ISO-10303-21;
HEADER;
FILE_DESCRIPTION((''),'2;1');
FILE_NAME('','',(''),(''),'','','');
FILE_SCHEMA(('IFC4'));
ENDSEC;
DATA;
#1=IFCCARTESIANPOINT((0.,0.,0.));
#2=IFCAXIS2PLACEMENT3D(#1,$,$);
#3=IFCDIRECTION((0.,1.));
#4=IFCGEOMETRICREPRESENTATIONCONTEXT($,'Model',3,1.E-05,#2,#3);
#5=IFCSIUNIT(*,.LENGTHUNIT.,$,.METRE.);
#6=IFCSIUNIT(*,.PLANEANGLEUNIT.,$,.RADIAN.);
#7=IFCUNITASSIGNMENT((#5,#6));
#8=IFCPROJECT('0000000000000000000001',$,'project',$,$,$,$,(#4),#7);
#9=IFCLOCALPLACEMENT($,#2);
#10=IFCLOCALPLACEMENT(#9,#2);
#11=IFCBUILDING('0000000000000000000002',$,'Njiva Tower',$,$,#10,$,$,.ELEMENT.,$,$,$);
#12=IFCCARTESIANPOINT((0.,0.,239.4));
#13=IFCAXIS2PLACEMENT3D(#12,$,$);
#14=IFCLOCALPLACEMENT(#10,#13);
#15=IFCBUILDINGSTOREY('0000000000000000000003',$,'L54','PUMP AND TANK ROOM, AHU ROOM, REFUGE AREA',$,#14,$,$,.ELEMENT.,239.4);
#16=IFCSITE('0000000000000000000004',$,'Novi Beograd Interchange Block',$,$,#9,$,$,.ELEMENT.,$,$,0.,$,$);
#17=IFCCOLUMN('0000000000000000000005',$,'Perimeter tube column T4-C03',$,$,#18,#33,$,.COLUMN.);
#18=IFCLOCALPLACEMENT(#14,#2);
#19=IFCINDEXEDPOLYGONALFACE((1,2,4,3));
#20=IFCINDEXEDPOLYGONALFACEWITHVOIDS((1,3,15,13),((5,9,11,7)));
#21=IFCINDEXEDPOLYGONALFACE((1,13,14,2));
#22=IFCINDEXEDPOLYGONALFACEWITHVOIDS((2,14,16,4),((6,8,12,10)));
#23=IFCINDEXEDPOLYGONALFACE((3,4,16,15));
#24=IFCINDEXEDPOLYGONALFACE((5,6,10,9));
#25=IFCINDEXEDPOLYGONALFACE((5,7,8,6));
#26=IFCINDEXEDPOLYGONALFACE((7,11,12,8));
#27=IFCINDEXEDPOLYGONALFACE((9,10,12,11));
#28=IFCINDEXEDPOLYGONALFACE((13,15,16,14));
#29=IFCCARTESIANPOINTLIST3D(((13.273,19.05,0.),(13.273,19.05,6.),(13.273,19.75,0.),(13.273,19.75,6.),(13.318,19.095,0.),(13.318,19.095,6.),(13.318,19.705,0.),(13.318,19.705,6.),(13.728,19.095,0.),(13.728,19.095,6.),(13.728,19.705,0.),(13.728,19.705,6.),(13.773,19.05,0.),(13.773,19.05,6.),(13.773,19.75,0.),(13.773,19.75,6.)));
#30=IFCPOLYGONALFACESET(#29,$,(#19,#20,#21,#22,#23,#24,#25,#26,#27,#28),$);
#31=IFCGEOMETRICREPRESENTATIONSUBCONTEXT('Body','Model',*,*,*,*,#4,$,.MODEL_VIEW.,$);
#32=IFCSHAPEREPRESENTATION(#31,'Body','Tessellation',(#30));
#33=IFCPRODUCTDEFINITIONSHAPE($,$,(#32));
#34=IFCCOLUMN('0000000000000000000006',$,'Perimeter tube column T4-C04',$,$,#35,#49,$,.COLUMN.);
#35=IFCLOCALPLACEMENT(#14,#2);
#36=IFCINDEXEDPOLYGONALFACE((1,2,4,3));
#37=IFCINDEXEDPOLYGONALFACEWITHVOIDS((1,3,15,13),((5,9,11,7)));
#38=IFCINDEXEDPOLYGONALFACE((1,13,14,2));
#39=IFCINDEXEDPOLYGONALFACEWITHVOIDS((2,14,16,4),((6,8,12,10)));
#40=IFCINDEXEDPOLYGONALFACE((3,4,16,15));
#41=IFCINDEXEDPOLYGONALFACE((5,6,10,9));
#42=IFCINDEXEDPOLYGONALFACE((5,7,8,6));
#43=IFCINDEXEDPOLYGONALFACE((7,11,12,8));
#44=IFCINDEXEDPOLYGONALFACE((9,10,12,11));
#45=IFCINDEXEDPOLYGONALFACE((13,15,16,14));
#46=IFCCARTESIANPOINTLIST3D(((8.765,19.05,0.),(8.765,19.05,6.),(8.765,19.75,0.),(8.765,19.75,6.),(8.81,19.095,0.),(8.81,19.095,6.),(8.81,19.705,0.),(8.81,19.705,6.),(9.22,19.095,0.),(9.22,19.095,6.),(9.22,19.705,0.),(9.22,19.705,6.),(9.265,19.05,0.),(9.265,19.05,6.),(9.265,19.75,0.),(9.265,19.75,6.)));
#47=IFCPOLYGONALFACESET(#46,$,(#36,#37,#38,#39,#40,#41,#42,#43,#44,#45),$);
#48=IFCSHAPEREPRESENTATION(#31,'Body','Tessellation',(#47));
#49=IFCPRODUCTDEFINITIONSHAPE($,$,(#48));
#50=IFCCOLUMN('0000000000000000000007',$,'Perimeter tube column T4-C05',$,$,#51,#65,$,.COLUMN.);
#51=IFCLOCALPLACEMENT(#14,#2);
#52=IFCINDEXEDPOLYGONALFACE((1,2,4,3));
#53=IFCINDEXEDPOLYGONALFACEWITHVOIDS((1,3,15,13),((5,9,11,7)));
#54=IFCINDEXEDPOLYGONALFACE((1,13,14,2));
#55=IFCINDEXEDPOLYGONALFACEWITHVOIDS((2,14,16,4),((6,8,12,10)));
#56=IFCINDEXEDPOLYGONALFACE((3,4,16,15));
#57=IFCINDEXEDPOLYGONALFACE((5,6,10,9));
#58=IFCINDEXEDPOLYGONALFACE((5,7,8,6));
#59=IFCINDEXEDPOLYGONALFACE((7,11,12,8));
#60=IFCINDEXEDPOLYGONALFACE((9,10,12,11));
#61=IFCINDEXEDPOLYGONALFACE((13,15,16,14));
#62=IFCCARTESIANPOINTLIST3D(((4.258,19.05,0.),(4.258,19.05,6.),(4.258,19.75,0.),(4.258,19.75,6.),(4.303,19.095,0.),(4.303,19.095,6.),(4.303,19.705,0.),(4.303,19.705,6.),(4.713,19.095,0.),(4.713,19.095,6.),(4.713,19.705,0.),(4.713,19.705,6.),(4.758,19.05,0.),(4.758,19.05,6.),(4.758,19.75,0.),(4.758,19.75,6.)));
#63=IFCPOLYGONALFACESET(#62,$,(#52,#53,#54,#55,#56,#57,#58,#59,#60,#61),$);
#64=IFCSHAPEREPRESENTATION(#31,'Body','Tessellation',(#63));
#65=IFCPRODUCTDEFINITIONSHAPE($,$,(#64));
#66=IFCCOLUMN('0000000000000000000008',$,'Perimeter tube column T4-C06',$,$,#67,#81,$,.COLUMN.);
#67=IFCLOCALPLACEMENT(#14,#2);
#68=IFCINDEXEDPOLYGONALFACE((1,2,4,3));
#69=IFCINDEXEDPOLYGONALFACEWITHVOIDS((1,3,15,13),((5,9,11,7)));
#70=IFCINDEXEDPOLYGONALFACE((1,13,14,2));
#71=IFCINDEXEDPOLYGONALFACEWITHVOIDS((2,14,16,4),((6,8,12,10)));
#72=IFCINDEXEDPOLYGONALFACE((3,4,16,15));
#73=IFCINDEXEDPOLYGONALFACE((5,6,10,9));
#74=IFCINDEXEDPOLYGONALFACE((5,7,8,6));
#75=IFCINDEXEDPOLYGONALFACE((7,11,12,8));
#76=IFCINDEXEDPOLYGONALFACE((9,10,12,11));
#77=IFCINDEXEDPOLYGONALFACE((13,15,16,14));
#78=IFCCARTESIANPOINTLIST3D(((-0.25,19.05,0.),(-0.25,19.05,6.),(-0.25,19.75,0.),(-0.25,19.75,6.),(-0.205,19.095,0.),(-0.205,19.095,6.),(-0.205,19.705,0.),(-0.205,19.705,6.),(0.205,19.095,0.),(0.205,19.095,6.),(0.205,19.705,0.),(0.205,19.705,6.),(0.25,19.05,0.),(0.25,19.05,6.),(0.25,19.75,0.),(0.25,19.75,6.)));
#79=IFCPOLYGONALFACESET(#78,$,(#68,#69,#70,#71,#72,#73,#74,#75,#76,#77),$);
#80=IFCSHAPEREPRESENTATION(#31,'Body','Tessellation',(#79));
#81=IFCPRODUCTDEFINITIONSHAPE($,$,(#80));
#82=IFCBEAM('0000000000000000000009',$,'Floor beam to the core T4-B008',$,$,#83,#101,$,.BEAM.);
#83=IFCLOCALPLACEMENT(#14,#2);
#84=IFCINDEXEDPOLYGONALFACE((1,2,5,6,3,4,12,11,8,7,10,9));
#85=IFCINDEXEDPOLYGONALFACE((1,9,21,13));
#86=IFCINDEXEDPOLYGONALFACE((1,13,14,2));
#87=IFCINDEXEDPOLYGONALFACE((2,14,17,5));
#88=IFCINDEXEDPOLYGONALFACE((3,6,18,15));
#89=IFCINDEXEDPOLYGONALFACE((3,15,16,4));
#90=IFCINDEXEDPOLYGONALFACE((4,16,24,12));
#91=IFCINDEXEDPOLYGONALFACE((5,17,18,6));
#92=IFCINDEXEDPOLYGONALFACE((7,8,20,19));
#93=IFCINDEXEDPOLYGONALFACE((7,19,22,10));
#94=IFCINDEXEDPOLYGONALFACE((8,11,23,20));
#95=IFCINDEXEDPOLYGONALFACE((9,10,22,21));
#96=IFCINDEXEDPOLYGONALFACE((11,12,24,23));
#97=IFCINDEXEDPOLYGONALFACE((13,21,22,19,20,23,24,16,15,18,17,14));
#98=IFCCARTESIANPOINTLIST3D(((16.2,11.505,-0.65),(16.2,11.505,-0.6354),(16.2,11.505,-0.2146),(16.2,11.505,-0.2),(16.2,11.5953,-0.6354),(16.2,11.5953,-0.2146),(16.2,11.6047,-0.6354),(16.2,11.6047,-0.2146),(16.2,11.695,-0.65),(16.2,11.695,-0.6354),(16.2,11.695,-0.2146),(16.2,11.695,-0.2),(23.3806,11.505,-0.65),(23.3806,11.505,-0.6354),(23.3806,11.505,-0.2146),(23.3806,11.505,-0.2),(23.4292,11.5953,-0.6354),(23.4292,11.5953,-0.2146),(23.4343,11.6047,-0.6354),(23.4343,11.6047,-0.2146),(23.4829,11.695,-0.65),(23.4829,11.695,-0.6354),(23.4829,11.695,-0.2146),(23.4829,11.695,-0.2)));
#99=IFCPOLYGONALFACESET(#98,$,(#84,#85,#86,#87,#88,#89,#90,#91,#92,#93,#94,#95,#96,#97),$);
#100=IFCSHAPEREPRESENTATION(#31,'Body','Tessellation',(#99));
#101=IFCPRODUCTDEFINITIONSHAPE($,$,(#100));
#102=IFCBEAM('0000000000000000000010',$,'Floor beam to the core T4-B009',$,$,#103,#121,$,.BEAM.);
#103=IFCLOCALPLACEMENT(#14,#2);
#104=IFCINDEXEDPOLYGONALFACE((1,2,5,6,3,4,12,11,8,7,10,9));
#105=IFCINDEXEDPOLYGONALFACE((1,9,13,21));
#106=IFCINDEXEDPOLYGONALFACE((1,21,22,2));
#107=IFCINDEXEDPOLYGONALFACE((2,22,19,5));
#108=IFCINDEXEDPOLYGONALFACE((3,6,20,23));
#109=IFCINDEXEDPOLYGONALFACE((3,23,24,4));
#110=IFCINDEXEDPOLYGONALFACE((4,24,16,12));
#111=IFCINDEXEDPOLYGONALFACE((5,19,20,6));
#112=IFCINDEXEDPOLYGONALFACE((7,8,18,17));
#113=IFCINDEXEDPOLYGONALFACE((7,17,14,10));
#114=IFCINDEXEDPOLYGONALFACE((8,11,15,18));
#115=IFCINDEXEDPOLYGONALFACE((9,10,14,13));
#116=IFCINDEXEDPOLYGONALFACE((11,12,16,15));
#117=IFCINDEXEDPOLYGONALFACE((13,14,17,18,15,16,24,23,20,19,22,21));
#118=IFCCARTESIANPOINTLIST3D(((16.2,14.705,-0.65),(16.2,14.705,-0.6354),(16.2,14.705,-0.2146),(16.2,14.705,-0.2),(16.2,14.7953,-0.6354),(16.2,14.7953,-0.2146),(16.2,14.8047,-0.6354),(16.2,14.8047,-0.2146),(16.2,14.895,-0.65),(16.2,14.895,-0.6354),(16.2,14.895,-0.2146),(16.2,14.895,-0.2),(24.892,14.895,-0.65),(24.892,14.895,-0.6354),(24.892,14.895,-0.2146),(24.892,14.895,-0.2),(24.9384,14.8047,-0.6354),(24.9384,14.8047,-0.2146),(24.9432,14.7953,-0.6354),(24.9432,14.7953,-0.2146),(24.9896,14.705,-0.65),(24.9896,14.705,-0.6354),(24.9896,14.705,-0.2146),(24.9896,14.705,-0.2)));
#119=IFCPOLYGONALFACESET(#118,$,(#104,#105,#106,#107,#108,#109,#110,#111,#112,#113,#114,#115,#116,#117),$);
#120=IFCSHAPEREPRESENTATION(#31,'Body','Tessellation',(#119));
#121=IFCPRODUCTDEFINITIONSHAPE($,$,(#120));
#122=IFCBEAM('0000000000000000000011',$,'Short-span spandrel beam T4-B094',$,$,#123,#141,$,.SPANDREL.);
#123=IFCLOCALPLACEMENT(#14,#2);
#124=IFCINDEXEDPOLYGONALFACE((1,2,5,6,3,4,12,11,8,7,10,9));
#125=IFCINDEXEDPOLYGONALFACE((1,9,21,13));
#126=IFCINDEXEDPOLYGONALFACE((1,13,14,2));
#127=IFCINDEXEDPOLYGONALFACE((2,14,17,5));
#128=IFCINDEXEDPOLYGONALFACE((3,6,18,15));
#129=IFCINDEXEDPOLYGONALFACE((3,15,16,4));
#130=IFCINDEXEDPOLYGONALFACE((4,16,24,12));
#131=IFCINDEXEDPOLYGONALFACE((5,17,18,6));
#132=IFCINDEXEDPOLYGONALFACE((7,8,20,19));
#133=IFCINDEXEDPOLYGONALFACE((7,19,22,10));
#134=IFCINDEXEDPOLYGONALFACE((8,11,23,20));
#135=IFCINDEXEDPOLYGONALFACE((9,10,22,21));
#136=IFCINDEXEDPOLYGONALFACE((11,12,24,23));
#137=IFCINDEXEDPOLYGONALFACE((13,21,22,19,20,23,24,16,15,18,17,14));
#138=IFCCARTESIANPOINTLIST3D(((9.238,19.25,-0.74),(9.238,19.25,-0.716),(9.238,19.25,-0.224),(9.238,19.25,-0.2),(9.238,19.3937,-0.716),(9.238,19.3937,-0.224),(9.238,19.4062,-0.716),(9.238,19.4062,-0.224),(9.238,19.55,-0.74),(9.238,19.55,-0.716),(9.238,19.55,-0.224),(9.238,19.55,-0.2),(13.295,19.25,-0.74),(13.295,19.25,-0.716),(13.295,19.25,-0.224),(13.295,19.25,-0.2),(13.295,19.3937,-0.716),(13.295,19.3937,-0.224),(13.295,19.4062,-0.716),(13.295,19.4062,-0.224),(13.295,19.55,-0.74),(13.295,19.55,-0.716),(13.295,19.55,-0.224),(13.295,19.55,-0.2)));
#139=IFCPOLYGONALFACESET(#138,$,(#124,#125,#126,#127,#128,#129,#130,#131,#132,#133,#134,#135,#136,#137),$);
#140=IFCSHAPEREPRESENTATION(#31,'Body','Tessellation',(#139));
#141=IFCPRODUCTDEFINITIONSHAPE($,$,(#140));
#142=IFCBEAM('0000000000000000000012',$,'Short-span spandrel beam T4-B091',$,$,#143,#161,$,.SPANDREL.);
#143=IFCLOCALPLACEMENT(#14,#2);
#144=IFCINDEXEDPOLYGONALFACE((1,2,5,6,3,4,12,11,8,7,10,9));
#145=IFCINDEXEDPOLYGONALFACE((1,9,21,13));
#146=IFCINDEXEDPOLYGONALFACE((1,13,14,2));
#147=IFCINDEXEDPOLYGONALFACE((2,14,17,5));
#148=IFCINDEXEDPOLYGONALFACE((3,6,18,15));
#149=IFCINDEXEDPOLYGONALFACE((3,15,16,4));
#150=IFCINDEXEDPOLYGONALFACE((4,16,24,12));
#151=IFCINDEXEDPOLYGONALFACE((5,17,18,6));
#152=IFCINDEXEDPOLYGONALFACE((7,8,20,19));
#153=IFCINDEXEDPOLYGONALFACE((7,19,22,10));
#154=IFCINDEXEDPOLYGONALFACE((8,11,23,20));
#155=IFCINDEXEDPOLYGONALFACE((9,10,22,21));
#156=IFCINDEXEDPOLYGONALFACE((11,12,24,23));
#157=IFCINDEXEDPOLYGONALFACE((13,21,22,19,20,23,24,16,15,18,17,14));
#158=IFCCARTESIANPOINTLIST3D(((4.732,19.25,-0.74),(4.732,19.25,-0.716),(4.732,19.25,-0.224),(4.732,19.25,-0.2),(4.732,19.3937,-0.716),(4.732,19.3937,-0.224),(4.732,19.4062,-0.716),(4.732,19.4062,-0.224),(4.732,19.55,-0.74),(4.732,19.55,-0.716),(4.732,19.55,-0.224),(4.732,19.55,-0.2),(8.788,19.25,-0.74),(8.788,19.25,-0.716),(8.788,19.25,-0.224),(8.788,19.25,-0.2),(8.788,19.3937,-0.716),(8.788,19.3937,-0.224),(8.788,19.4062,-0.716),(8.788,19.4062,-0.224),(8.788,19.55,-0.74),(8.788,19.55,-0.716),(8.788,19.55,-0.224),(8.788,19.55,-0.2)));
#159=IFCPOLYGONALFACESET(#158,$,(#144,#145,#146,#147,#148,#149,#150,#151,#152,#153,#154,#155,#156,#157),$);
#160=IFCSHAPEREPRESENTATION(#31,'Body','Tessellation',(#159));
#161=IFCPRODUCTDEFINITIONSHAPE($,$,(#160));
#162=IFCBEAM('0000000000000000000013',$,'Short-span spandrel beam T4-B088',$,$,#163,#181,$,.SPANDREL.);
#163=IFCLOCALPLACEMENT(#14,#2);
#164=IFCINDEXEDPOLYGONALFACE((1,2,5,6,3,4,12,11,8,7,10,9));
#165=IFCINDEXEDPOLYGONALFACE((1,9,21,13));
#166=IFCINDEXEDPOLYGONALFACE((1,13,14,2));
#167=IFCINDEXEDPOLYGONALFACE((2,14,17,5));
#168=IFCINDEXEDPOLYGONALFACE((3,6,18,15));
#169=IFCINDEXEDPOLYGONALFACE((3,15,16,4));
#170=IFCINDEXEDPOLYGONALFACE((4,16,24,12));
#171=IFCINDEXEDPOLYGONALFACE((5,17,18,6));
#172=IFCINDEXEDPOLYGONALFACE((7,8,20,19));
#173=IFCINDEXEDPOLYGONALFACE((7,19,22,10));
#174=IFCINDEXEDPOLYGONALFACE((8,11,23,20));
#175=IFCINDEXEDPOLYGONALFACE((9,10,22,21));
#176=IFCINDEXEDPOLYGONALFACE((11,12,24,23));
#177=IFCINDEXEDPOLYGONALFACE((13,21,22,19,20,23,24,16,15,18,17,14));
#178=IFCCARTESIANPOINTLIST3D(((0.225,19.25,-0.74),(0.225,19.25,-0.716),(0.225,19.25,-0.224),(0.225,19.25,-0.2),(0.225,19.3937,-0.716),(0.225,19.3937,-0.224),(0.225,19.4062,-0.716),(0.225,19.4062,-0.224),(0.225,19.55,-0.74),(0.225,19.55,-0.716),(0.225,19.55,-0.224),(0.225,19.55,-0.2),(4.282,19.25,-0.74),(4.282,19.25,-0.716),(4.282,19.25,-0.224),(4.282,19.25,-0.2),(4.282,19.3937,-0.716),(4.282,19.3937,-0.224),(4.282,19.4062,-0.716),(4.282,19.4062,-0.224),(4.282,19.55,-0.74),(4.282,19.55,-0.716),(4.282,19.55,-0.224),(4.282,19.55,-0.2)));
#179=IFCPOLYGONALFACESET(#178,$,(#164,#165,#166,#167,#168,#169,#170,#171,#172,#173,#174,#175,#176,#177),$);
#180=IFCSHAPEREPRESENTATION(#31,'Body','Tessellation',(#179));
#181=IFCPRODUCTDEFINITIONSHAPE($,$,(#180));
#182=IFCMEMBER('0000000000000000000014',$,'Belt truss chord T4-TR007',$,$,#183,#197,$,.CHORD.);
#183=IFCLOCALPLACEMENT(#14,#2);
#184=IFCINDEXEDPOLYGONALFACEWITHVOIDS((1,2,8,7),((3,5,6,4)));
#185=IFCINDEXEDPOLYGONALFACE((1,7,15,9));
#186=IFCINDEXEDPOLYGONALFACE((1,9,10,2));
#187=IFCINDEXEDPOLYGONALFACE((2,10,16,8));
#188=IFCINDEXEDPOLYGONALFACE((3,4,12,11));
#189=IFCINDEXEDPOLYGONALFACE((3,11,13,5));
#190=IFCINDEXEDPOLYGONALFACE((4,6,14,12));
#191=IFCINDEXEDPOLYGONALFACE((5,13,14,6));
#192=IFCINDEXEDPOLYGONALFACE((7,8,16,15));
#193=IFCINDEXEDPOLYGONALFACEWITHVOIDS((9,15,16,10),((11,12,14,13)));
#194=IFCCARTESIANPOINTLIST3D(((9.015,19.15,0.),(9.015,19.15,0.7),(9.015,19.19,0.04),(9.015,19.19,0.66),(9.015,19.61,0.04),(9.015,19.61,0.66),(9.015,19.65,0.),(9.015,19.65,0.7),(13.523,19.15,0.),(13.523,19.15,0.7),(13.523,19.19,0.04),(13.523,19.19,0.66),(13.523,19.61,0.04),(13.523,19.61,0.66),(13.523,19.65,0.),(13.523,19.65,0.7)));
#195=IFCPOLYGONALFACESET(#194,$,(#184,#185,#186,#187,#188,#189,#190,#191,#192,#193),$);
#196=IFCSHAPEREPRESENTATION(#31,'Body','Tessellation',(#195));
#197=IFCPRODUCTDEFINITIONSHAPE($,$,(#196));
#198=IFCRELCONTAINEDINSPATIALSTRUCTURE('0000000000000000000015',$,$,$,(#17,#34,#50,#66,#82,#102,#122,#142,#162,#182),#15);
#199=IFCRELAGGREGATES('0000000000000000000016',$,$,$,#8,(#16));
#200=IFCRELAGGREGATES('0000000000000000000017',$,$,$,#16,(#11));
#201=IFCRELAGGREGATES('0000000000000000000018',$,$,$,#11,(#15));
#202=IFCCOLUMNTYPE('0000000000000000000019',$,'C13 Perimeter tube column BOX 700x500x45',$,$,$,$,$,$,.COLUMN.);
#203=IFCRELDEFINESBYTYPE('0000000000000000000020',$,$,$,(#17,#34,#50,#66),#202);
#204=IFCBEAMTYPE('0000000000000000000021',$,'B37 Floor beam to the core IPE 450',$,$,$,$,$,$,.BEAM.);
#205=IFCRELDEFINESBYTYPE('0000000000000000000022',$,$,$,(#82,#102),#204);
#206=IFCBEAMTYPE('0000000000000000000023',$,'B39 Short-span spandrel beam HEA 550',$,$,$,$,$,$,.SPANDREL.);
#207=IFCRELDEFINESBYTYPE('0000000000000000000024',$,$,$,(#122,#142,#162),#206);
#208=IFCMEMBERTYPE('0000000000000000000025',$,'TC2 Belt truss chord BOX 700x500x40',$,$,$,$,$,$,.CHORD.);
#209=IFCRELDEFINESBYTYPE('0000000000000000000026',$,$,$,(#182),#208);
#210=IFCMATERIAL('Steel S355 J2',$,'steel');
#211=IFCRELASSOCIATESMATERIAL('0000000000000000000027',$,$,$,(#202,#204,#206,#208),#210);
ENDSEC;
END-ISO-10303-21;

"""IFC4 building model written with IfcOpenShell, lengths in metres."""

from ifc_helpers import new_model, si_unit, direction, frame, origin, origin_2d, place, context, subcontext, project, spatial, hollow_rectangle, i_section, extrude, clip, halfspace, material, material_profile, profile_set, type_object, element, save


model = new_model("IFC4")

# Units and contexts
model_context = context("Model", 3, precision=1e-05, world=origin(), true_north=direction((0.0, 1.0)))
body_context = subcontext(model_context, "Body", "Model", "MODEL_VIEW")
ifc_project = project(units=[si_unit("LENGTHUNIT", "METRE"), si_unit("PLANEANGLEUNIT", "RADIAN")], contexts=[model_context])

# Site, building, storey
site_placement = place(None, origin())
site = spatial("IfcSite", under=ifc_project, at=site_placement, Name="Novi Beograd Interchange Block", CompositionType="ELEMENT", RefElevation=0.0)
building_placement = place(site_placement, origin())
building = spatial("IfcBuilding", under=site, at=building_placement, Name="Njiva Tower", CompositionType="ELEMENT")
storey_placement = place(building_placement, frame((0.0, 0.0, 239.4)))
storey = spatial("IfcBuildingStorey", under=building, at=storey_placement, Name="L54", Description="PUMP AND TANK ROOM, AHU ROOM, REFUGE AREA", CompositionType="ELEMENT", Elevation=239.4)

# Columns
ifc_material_1 = material(Name="Steel S355 J2", Category="steel")
ifc_material_profile_1 = material_profile(ifc_material_1, hollow_rectangle(XDim=0.5, YDim=0.7, WallThickness=0.045, at=origin_2d()), Name="BOX 700x500x45")
ifc_profile_set_1 = profile_set([ifc_material_profile_1], Name="Steel S355 J2")
column_type = type_object("IfcColumnType", Name="C13 Perimeter tube column BOX 700x500x45", PredefinedType="COLUMN", material=ifc_profile_set_1)
for number, where, z_axis, x_axis, name in (
    (1, (13.523, 19.4, 0.0), (0.0, 0.0, 1.0), (-1.0, 0.0, 0.0), "Perimeter tube column T4-C03"),
    (2, (9.015, 19.4, 0.0), (0.0, 0.0, 1.0), (-1.0, 0.0, 0.0), "Perimeter tube column T4-C04"),
    (3, (4.508, 19.4, 0.0), (0.0, 0.0, 1.0), (-1.0, 0.0, 0.0), "Perimeter tube column T4-C05"),
    (4, (0.0, 19.4, 0.0), (0.0, 0.0, 1.0), (-1.0, 0.0, 0.0), "Perimeter tube column T4-C06"),
):
    element("IfcColumn", number, at=place(storey_placement, frame(where, z_axis=z_axis, x_axis=x_axis)), inside=storey, type_object=column_type, Name=name, PredefinedType="COLUMN", context=body_context, shape_type="SweptSolid", body=[
        extrude(hollow_rectangle(XDim=0.5, YDim=0.7, WallThickness=0.045, at=origin_2d()), origin(), (0.0, 0.0, 1.0), 6.0),
    ])

# Beams
ifc_material_profile_2 = material_profile(ifc_material_1, i_section(OverallWidth=0.19, OverallDepth=0.45, WebThickness=0.0094, FlangeThickness=0.0146, at=origin_2d()), Name="IPE 450")
ifc_profile_set_2 = profile_set([ifc_material_profile_2], Name="Steel S355 J2")
beam_type_1 = type_object("IfcBeamType", Name="B37 Floor beam to the core IPE 450", PredefinedType="BEAM", material=ifc_profile_set_2)
beam_1_placement = place(storey_placement, frame((16.2, 11.6, -0.425), z_axis=(1.0, 0.0, 0.0), x_axis=(0.0, 1.0, 0.0)))
element("IfcBeam", 5, at=beam_1_placement, inside=storey, type_object=beam_type_1, Name="Floor beam to the core T4-B008", PredefinedType="BEAM", context=body_context, shape_type="Clipping", body=[
    clip(extrude(i_section(OverallWidth=0.19, OverallDepth=0.45, WebThickness=0.0094, FlangeThickness=0.0146, at=origin_2d()), origin(), (0.0, 0.0, 1.0), 7.303), halfspace(frame((-0.0237, 0.0, 7.219), z_axis=(-0.473769, 0.0, 0.880649), x_axis=(0.0, 1.0, 0.0)), False)),
])
beam_2_placement = place(storey_placement, frame((16.2, 14.8, -0.425), z_axis=(1.0, 0.0, 0.0), x_axis=(0.0, 1.0, 0.0)))
element("IfcBeam", 6, at=beam_2_placement, inside=storey, type_object=beam_type_1, Name="Floor beam to the core T4-B009", PredefinedType="BEAM", context=body_context, shape_type="Clipping", body=[
    clip(extrude(i_section(OverallWidth=0.19, OverallDepth=0.45, WebThickness=0.0094, FlangeThickness=0.0146, at=origin_2d()), origin(), (0.0, 0.0, 1.0), 8.81), halfspace(frame((0.0228, 0.0, 8.7291), z_axis=(0.456688, 0.0, 0.889627), x_axis=(0.0, 1.0, 0.0)), False)),
])
ifc_material_profile_3 = material_profile(ifc_material_1, i_section(OverallWidth=0.3, OverallDepth=0.54, WebThickness=0.0125, FlangeThickness=0.024, at=origin_2d()), Name="HEA 550")
ifc_profile_set_3 = profile_set([ifc_material_profile_3], Name="Steel S355 J2")
beam_type_2 = type_object("IfcBeamType", Name="B39 Short-span spandrel beam HEA 550", PredefinedType="SPANDREL", material=ifc_profile_set_3)
beam_3_placement = place(storey_placement, frame((13.295, 19.4, -0.47), z_axis=(-1.0, 0.0, 0.0), x_axis=(0.0, -1.0, 0.0)))
element("IfcBeam", 7, at=beam_3_placement, inside=storey, type_object=beam_type_2, Name="Short-span spandrel beam T4-B094", PredefinedType="SPANDREL", context=body_context, shape_type="SweptSolid", body=[
    extrude(i_section(OverallWidth=0.3, OverallDepth=0.54, WebThickness=0.0125, FlangeThickness=0.024, at=origin_2d()), origin(), (0.0, 0.0, 1.0), 4.057),
])
beam_4_placement = place(storey_placement, frame((8.788, 19.4, -0.47), z_axis=(-1.0, 0.0, 0.0), x_axis=(0.0, -1.0, 0.0)))
element("IfcBeam", 8, at=beam_4_placement, inside=storey, type_object=beam_type_2, Name="Short-span spandrel beam T4-B091", PredefinedType="SPANDREL", context=body_context, shape_type="SweptSolid", body=[
    extrude(i_section(OverallWidth=0.3, OverallDepth=0.54, WebThickness=0.0125, FlangeThickness=0.024, at=origin_2d()), origin(), (0.0, 0.0, 1.0), 4.056),
])
beam_5_placement = place(storey_placement, frame((4.282, 19.4, -0.47), z_axis=(-1.0, 0.0, 0.0), x_axis=(0.0, -1.0, 0.0)))
element("IfcBeam", 9, at=beam_5_placement, inside=storey, type_object=beam_type_2, Name="Short-span spandrel beam T4-B088", PredefinedType="SPANDREL", context=body_context, shape_type="SweptSolid", body=[
    extrude(i_section(OverallWidth=0.3, OverallDepth=0.54, WebThickness=0.0125, FlangeThickness=0.024, at=origin_2d()), origin(), (0.0, 0.0, 1.0), 4.057),
])

# Member
ifc_material_profile_4 = material_profile(ifc_material_1, hollow_rectangle(XDim=0.5, YDim=0.7, WallThickness=0.04, at=origin_2d()), Name="BOX 700x500x40")
ifc_profile_set_4 = profile_set([ifc_material_profile_4], Name="Steel S355 J2")
member_type_1 = type_object("IfcMemberType", Name="TC2 Belt truss chord BOX 700x500x40", PredefinedType="CHORD", material=ifc_profile_set_4)
for number, where, z_axis, x_axis, name in (
    (10, (13.523, 19.4, 0.35), (-1.0, 0.0, 0.0), (0.0, -1.0, 0.0), "Belt truss chord T4-TR007"),
):
    element("IfcMember", number, at=place(storey_placement, frame(where, z_axis=z_axis, x_axis=x_axis)), inside=storey, type_object=member_type_1, Name=name, PredefinedType="CHORD", context=body_context, shape_type="SweptSolid", body=[
        extrude(hollow_rectangle(XDim=0.5, YDim=0.7, WallThickness=0.04, at=origin_2d()), origin(), (0.0, 0.0, 1.0), 4.508),
    ])

save(model, "model.ifc")
